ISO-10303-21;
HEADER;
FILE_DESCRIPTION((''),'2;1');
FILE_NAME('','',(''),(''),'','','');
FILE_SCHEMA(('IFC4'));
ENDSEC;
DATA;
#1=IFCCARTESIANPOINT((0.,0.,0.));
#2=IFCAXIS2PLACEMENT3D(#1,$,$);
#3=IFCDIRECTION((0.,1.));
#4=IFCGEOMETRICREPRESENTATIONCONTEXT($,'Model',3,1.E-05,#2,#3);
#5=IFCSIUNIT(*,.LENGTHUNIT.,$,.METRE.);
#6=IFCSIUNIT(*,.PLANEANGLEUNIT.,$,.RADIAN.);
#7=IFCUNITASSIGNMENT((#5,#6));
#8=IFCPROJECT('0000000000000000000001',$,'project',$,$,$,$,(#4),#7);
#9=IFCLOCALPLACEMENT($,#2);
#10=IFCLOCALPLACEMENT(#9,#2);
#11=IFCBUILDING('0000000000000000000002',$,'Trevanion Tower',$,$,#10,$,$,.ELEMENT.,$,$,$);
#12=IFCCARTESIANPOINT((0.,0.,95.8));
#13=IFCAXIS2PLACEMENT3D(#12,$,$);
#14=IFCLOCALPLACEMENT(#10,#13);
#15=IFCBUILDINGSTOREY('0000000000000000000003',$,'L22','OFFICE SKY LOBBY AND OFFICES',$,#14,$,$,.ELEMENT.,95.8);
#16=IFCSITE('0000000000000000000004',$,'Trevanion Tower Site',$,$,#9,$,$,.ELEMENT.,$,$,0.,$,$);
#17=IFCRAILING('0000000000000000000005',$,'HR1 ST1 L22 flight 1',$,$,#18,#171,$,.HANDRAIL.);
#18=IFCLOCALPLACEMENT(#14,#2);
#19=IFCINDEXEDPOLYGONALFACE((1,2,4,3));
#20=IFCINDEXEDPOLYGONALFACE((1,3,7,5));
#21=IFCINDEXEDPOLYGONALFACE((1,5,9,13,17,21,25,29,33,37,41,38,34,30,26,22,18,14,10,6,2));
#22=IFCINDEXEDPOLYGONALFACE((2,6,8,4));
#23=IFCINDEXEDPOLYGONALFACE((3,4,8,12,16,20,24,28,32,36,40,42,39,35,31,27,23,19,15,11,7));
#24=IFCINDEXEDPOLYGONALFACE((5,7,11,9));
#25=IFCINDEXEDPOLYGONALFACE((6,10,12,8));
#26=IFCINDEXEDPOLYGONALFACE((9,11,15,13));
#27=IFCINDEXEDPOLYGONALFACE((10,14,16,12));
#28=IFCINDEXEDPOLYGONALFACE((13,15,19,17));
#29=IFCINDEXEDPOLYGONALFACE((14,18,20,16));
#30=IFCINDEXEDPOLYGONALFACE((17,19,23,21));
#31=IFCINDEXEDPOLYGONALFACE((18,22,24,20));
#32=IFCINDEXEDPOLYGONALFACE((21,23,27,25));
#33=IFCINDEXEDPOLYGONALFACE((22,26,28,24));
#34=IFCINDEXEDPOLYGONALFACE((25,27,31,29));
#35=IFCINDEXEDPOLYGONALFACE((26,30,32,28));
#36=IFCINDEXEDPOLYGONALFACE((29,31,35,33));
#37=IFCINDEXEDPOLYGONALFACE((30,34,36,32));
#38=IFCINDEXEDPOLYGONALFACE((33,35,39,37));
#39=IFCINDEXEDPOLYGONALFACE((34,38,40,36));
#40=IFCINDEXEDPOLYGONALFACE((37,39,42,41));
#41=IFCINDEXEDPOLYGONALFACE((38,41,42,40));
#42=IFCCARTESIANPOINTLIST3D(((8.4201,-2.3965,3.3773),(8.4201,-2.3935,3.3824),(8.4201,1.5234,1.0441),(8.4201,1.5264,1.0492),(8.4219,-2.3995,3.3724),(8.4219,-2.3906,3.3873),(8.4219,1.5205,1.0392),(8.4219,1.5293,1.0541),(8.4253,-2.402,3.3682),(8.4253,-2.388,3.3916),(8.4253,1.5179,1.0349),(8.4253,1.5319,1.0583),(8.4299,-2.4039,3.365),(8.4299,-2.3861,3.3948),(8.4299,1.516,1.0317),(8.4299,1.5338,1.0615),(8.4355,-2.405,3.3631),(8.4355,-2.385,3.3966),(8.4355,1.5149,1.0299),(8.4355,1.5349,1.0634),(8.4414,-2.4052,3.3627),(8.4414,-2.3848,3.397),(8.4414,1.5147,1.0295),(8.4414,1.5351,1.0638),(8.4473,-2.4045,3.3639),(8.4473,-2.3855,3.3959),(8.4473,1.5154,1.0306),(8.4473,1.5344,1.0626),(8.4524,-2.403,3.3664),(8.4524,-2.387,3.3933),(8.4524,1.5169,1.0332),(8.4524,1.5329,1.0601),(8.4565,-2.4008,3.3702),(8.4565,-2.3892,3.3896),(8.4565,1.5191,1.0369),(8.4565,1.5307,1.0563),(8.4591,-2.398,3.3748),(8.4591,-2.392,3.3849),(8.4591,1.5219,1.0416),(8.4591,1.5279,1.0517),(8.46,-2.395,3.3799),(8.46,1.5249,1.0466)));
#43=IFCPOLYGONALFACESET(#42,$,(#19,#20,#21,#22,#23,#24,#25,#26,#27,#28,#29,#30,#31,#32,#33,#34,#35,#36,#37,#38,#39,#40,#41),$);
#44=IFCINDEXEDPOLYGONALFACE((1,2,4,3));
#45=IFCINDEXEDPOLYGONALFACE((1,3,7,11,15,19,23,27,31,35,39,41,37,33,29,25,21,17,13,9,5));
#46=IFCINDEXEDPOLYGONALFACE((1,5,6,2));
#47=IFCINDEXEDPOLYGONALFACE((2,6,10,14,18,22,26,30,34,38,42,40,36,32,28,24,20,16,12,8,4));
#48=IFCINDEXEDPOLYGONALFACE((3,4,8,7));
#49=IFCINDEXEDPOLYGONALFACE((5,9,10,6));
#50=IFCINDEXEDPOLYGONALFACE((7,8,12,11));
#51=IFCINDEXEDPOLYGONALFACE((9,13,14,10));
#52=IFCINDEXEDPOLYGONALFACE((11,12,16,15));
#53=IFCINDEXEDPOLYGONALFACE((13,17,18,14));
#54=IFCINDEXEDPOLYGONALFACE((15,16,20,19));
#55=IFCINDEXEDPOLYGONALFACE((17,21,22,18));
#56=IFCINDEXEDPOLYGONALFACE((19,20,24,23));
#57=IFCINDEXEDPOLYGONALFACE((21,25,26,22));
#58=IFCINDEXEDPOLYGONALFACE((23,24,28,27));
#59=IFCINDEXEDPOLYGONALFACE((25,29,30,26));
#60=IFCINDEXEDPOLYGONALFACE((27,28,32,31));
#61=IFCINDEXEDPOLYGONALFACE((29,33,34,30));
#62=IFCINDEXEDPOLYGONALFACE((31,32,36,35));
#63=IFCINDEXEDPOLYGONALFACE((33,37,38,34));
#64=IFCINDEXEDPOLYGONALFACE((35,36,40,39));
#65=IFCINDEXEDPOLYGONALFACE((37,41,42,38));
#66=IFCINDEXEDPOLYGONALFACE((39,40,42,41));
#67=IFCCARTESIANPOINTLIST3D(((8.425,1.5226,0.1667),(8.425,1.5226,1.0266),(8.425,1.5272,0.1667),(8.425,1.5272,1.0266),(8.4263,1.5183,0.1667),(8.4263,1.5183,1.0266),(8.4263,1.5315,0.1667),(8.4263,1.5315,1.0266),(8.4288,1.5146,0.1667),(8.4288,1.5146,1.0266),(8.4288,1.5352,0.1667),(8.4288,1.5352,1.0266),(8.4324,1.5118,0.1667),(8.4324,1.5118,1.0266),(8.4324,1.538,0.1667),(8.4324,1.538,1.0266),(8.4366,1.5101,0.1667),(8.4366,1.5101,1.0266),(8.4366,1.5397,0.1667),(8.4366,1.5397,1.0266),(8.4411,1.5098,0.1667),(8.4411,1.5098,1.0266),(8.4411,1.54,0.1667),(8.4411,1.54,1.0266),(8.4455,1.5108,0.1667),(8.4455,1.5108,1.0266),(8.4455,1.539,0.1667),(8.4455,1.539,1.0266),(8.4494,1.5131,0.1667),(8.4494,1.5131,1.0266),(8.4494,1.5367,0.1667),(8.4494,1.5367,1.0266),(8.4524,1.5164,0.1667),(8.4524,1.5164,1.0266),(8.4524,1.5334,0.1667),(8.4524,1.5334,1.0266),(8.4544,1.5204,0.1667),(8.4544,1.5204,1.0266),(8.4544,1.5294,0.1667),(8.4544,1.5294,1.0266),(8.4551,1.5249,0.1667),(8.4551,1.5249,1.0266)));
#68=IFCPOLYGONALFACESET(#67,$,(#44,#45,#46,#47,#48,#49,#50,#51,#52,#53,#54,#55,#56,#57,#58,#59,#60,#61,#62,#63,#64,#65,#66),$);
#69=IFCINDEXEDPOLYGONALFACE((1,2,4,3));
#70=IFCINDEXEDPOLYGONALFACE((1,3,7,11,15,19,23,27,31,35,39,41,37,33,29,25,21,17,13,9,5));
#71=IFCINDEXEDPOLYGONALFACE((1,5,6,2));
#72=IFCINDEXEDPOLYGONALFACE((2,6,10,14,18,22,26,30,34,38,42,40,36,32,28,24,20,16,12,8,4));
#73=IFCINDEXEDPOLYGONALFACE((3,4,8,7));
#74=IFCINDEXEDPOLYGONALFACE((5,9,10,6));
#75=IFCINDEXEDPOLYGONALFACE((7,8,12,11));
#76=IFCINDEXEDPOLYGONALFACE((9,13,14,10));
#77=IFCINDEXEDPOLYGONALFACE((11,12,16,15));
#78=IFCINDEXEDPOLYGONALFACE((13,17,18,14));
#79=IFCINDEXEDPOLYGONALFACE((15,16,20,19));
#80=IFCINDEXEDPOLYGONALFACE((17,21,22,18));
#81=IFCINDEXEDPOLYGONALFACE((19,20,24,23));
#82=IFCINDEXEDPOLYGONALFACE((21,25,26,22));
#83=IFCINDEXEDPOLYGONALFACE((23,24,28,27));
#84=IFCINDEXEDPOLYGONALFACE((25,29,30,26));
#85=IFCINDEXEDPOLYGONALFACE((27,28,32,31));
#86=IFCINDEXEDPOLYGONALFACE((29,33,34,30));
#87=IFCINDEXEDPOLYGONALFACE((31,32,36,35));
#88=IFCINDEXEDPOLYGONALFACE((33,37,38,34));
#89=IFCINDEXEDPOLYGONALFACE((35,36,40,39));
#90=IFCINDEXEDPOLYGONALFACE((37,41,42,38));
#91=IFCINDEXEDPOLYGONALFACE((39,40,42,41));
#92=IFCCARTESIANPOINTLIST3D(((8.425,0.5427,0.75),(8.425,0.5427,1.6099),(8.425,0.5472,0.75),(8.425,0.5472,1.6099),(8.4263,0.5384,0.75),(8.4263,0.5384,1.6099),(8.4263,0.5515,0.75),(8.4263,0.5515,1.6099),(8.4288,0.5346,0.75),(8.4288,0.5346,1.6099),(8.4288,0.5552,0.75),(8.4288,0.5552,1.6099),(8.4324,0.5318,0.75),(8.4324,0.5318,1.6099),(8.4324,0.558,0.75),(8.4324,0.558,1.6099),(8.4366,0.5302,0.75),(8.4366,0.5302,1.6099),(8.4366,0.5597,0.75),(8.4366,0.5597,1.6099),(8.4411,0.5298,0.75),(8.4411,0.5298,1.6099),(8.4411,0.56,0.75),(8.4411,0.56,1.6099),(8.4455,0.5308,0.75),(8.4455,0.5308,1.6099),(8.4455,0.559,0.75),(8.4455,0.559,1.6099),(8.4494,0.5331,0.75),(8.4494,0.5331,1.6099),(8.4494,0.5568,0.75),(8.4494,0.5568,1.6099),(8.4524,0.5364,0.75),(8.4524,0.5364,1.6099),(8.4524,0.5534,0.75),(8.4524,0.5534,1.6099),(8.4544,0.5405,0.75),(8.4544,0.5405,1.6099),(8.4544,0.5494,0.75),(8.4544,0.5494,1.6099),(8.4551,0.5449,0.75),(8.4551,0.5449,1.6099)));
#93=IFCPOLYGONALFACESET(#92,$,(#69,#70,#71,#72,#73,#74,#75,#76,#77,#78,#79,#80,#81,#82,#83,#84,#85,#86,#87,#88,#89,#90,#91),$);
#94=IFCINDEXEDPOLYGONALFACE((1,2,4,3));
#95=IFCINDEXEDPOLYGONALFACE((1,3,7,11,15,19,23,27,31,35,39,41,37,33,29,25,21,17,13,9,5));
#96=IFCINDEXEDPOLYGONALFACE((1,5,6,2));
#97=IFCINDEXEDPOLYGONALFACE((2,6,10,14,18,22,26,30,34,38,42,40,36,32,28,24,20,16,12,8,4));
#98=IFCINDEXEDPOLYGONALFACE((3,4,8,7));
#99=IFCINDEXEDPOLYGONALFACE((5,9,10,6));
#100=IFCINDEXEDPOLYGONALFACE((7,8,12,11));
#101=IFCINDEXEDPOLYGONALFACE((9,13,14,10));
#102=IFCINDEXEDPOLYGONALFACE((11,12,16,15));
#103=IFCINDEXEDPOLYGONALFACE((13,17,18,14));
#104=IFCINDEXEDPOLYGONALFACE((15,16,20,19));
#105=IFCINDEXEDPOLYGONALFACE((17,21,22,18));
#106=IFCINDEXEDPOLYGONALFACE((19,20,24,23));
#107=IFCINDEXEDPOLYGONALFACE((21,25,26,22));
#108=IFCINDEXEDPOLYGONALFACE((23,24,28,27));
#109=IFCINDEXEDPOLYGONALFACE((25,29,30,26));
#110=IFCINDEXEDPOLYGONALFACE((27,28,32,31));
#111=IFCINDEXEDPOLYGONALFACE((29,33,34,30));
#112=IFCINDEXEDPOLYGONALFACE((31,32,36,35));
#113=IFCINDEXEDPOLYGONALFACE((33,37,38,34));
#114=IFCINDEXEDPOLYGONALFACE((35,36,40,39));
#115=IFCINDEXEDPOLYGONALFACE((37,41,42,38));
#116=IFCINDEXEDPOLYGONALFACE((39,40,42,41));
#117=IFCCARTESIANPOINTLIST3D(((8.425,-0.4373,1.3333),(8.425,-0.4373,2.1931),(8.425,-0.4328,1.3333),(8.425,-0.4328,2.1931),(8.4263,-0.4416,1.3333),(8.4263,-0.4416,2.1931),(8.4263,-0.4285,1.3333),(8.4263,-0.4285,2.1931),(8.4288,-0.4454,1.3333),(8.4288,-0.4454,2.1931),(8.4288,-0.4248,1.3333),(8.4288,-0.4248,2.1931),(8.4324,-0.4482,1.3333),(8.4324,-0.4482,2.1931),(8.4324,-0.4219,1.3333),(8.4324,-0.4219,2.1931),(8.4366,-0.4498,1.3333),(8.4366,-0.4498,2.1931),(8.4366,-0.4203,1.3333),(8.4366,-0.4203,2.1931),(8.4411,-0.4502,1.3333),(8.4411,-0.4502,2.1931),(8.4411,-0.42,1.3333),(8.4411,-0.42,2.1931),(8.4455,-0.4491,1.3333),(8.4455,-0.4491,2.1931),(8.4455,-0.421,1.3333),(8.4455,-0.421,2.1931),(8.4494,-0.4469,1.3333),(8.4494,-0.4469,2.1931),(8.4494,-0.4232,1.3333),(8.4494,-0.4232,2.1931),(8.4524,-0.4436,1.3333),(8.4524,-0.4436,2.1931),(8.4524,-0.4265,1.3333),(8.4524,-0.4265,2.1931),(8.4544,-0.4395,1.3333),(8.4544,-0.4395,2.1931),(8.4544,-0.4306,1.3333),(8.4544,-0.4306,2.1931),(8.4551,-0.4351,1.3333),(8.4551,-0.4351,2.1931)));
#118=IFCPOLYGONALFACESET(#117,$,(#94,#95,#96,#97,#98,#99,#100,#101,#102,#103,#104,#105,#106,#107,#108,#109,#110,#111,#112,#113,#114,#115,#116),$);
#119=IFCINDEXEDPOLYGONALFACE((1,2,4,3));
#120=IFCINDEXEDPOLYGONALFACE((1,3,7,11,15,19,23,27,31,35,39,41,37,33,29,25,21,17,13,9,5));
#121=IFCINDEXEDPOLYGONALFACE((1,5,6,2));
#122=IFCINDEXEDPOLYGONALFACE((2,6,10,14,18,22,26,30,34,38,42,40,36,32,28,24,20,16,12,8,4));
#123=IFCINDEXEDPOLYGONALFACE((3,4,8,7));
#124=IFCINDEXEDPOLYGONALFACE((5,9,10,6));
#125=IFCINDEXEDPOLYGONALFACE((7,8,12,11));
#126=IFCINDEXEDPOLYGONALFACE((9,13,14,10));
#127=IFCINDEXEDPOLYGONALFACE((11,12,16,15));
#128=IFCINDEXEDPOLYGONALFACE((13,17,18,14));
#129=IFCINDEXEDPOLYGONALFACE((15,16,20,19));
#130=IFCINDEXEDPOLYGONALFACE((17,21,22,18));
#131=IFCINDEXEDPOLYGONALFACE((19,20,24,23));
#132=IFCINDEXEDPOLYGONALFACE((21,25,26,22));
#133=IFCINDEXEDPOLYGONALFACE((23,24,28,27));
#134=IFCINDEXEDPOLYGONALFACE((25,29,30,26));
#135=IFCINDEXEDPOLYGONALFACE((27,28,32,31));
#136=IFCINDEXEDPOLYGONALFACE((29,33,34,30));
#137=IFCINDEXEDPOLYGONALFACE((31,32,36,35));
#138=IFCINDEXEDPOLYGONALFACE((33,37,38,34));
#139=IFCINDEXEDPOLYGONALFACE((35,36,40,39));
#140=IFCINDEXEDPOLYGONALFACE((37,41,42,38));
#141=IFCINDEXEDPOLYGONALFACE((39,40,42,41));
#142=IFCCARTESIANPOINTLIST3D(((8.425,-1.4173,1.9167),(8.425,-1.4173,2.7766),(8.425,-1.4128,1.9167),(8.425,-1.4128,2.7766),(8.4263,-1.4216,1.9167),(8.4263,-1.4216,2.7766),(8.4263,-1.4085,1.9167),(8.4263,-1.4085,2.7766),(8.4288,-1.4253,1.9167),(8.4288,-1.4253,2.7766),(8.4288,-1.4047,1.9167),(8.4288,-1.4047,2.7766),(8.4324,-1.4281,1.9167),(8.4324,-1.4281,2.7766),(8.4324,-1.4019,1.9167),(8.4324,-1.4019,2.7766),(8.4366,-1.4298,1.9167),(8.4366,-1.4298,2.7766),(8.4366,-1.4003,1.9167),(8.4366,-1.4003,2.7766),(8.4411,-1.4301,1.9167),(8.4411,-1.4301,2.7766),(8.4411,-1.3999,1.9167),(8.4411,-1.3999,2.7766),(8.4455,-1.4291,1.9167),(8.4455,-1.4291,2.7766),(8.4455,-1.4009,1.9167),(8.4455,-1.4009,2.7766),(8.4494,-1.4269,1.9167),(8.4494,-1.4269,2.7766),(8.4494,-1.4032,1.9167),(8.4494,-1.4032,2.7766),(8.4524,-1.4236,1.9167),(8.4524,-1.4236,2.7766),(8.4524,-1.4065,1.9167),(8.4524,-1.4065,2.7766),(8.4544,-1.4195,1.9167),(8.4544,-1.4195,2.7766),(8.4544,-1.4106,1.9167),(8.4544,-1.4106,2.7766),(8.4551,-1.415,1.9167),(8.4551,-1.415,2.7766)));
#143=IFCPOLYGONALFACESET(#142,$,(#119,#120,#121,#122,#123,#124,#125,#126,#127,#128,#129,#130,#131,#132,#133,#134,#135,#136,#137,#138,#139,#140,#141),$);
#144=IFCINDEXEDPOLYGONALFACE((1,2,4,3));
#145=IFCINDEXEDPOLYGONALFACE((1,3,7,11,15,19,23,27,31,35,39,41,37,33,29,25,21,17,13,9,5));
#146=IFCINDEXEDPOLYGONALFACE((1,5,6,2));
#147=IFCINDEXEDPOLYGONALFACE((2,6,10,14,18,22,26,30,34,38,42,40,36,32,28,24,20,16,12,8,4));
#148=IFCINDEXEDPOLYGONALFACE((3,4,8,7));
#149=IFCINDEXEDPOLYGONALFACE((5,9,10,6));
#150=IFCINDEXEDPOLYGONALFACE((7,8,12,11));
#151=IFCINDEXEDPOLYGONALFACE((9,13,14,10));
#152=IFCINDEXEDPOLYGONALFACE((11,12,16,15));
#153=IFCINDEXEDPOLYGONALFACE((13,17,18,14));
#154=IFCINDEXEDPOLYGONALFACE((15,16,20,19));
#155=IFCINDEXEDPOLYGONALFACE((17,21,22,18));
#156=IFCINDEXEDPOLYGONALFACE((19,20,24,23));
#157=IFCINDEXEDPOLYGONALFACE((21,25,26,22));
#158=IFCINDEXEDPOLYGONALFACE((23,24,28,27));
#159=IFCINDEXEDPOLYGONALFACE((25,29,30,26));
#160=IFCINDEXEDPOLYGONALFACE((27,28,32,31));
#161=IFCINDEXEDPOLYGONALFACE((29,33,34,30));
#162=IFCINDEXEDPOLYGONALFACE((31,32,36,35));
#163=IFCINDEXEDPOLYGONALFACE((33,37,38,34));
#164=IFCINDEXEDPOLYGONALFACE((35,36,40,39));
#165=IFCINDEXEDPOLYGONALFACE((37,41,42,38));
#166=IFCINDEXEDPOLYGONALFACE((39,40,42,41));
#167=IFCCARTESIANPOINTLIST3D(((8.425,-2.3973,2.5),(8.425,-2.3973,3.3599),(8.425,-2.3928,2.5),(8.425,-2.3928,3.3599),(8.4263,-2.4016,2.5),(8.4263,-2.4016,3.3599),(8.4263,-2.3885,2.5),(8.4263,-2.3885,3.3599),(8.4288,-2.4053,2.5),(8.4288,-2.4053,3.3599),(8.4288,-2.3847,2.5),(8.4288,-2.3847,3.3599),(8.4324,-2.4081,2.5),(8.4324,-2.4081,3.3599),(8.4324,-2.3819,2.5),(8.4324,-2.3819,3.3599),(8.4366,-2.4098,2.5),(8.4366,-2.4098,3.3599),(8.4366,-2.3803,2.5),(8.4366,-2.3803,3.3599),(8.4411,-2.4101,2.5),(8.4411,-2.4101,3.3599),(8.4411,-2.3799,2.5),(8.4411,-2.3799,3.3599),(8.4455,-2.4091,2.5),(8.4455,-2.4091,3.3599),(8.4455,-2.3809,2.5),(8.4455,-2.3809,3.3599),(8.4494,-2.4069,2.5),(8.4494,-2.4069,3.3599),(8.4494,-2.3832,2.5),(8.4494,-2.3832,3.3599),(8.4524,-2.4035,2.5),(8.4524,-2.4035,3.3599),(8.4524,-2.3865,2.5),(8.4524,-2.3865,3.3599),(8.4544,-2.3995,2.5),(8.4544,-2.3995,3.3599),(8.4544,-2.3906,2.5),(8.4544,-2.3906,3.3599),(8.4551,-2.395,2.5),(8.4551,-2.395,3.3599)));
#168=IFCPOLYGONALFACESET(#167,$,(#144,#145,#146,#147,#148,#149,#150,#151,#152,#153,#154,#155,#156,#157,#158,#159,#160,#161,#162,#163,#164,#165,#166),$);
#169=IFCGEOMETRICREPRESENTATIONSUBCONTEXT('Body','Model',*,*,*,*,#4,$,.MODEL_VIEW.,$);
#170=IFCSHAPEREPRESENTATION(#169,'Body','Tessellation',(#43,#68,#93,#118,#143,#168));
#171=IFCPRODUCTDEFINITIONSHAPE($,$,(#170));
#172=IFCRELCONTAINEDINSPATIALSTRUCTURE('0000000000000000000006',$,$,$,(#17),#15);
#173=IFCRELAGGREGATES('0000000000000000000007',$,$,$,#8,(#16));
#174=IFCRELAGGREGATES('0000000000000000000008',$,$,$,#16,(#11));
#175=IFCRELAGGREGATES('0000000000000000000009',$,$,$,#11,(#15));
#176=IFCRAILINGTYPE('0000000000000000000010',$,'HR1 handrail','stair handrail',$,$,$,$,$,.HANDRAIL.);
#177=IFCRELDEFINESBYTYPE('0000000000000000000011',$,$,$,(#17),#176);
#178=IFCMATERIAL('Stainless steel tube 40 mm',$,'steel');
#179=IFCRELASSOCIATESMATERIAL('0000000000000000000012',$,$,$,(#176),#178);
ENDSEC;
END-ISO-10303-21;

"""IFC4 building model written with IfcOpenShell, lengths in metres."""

from ifc_helpers import new_model, si_unit, direction, frame, origin, origin_2d, place, context, subcontext, project, spatial, circle, extrude, material, type_object, element, save


model = new_model("IFC4")

# Units and contexts
model_context = context("Model", 3, precision=1e-05, world=origin(), true_north=direction((0.0, 1.0)))
body_context = subcontext(model_context, "Body", "Model", "MODEL_VIEW")
ifc_project = project(units=[si_unit("LENGTHUNIT", "METRE"), si_unit("PLANEANGLEUNIT", "RADIAN")], contexts=[model_context])

# Site, building, storey
site_placement = place(None, origin())
site = spatial("IfcSite", under=ifc_project, at=site_placement, Name="Trevanion Tower Site", CompositionType="ELEMENT", RefElevation=0.0)
building_placement = place(site_placement, origin())
building = spatial("IfcBuilding", under=site, at=building_placement, Name="Trevanion Tower", CompositionType="ELEMENT")
storey_placement = place(building_placement, frame((0.0, 0.0, 95.8)))
storey = spatial("IfcBuildingStorey", under=building, at=storey_placement, Name="L22", Description="OFFICE SKY LOBBY AND OFFICES", CompositionType="ELEMENT", Elevation=95.8)

# Railing
ifc_material_1 = material(Name="Stainless steel tube 40 mm", Category="steel")
railing_type = type_object("IfcRailingType", Name="HR1 handrail", Description="stair handrail", PredefinedType="HANDRAIL", material=ifc_material_1)
for number, where, name in (
    (1, (8.4399, 1.5249, 0.1667), "HR1 ST1 L22 flight 1"),
):
    element("IfcRailing", number, at=place(storey_placement, frame(where)), inside=storey, type_object=railing_type, Name=name, PredefinedType="HANDRAIL", context=body_context, shape_type="SweptSolid", body=[
        extrude(circle(Radius=0.02, at=origin_2d()), frame((0.0, 0.0, 0.8799), z_axis=(0.0, -0.859296, 0.511478), x_axis=(1.0, 0.0, 0.0)), (0.0, 0.0, 1.0), 4.5618),
        extrude(circle(Radius=0.0151, at=origin_2d()), origin(), (0.0, 0.0, 1.0), 0.8599),
        extrude(circle(Radius=0.0151, at=origin_2d()), frame((0.0, -0.98, 0.5833)), (0.0, 0.0, 1.0), 0.8599),
        extrude(circle(Radius=0.0151, at=origin_2d()), frame((0.0, -1.96, 1.1665)), (0.0, 0.0, 1.0), 0.8599),
        extrude(circle(Radius=0.0151, at=origin_2d()), frame((0.0, -2.9399, 1.75)), (0.0, 0.0, 1.0), 0.8599),
        extrude(circle(Radius=0.0151, at=origin_2d()), frame((0.0, -3.9199, 2.3333)), (0.0, 0.0, 1.0), 0.8599),
    ])

save(model, "model.ifc")
